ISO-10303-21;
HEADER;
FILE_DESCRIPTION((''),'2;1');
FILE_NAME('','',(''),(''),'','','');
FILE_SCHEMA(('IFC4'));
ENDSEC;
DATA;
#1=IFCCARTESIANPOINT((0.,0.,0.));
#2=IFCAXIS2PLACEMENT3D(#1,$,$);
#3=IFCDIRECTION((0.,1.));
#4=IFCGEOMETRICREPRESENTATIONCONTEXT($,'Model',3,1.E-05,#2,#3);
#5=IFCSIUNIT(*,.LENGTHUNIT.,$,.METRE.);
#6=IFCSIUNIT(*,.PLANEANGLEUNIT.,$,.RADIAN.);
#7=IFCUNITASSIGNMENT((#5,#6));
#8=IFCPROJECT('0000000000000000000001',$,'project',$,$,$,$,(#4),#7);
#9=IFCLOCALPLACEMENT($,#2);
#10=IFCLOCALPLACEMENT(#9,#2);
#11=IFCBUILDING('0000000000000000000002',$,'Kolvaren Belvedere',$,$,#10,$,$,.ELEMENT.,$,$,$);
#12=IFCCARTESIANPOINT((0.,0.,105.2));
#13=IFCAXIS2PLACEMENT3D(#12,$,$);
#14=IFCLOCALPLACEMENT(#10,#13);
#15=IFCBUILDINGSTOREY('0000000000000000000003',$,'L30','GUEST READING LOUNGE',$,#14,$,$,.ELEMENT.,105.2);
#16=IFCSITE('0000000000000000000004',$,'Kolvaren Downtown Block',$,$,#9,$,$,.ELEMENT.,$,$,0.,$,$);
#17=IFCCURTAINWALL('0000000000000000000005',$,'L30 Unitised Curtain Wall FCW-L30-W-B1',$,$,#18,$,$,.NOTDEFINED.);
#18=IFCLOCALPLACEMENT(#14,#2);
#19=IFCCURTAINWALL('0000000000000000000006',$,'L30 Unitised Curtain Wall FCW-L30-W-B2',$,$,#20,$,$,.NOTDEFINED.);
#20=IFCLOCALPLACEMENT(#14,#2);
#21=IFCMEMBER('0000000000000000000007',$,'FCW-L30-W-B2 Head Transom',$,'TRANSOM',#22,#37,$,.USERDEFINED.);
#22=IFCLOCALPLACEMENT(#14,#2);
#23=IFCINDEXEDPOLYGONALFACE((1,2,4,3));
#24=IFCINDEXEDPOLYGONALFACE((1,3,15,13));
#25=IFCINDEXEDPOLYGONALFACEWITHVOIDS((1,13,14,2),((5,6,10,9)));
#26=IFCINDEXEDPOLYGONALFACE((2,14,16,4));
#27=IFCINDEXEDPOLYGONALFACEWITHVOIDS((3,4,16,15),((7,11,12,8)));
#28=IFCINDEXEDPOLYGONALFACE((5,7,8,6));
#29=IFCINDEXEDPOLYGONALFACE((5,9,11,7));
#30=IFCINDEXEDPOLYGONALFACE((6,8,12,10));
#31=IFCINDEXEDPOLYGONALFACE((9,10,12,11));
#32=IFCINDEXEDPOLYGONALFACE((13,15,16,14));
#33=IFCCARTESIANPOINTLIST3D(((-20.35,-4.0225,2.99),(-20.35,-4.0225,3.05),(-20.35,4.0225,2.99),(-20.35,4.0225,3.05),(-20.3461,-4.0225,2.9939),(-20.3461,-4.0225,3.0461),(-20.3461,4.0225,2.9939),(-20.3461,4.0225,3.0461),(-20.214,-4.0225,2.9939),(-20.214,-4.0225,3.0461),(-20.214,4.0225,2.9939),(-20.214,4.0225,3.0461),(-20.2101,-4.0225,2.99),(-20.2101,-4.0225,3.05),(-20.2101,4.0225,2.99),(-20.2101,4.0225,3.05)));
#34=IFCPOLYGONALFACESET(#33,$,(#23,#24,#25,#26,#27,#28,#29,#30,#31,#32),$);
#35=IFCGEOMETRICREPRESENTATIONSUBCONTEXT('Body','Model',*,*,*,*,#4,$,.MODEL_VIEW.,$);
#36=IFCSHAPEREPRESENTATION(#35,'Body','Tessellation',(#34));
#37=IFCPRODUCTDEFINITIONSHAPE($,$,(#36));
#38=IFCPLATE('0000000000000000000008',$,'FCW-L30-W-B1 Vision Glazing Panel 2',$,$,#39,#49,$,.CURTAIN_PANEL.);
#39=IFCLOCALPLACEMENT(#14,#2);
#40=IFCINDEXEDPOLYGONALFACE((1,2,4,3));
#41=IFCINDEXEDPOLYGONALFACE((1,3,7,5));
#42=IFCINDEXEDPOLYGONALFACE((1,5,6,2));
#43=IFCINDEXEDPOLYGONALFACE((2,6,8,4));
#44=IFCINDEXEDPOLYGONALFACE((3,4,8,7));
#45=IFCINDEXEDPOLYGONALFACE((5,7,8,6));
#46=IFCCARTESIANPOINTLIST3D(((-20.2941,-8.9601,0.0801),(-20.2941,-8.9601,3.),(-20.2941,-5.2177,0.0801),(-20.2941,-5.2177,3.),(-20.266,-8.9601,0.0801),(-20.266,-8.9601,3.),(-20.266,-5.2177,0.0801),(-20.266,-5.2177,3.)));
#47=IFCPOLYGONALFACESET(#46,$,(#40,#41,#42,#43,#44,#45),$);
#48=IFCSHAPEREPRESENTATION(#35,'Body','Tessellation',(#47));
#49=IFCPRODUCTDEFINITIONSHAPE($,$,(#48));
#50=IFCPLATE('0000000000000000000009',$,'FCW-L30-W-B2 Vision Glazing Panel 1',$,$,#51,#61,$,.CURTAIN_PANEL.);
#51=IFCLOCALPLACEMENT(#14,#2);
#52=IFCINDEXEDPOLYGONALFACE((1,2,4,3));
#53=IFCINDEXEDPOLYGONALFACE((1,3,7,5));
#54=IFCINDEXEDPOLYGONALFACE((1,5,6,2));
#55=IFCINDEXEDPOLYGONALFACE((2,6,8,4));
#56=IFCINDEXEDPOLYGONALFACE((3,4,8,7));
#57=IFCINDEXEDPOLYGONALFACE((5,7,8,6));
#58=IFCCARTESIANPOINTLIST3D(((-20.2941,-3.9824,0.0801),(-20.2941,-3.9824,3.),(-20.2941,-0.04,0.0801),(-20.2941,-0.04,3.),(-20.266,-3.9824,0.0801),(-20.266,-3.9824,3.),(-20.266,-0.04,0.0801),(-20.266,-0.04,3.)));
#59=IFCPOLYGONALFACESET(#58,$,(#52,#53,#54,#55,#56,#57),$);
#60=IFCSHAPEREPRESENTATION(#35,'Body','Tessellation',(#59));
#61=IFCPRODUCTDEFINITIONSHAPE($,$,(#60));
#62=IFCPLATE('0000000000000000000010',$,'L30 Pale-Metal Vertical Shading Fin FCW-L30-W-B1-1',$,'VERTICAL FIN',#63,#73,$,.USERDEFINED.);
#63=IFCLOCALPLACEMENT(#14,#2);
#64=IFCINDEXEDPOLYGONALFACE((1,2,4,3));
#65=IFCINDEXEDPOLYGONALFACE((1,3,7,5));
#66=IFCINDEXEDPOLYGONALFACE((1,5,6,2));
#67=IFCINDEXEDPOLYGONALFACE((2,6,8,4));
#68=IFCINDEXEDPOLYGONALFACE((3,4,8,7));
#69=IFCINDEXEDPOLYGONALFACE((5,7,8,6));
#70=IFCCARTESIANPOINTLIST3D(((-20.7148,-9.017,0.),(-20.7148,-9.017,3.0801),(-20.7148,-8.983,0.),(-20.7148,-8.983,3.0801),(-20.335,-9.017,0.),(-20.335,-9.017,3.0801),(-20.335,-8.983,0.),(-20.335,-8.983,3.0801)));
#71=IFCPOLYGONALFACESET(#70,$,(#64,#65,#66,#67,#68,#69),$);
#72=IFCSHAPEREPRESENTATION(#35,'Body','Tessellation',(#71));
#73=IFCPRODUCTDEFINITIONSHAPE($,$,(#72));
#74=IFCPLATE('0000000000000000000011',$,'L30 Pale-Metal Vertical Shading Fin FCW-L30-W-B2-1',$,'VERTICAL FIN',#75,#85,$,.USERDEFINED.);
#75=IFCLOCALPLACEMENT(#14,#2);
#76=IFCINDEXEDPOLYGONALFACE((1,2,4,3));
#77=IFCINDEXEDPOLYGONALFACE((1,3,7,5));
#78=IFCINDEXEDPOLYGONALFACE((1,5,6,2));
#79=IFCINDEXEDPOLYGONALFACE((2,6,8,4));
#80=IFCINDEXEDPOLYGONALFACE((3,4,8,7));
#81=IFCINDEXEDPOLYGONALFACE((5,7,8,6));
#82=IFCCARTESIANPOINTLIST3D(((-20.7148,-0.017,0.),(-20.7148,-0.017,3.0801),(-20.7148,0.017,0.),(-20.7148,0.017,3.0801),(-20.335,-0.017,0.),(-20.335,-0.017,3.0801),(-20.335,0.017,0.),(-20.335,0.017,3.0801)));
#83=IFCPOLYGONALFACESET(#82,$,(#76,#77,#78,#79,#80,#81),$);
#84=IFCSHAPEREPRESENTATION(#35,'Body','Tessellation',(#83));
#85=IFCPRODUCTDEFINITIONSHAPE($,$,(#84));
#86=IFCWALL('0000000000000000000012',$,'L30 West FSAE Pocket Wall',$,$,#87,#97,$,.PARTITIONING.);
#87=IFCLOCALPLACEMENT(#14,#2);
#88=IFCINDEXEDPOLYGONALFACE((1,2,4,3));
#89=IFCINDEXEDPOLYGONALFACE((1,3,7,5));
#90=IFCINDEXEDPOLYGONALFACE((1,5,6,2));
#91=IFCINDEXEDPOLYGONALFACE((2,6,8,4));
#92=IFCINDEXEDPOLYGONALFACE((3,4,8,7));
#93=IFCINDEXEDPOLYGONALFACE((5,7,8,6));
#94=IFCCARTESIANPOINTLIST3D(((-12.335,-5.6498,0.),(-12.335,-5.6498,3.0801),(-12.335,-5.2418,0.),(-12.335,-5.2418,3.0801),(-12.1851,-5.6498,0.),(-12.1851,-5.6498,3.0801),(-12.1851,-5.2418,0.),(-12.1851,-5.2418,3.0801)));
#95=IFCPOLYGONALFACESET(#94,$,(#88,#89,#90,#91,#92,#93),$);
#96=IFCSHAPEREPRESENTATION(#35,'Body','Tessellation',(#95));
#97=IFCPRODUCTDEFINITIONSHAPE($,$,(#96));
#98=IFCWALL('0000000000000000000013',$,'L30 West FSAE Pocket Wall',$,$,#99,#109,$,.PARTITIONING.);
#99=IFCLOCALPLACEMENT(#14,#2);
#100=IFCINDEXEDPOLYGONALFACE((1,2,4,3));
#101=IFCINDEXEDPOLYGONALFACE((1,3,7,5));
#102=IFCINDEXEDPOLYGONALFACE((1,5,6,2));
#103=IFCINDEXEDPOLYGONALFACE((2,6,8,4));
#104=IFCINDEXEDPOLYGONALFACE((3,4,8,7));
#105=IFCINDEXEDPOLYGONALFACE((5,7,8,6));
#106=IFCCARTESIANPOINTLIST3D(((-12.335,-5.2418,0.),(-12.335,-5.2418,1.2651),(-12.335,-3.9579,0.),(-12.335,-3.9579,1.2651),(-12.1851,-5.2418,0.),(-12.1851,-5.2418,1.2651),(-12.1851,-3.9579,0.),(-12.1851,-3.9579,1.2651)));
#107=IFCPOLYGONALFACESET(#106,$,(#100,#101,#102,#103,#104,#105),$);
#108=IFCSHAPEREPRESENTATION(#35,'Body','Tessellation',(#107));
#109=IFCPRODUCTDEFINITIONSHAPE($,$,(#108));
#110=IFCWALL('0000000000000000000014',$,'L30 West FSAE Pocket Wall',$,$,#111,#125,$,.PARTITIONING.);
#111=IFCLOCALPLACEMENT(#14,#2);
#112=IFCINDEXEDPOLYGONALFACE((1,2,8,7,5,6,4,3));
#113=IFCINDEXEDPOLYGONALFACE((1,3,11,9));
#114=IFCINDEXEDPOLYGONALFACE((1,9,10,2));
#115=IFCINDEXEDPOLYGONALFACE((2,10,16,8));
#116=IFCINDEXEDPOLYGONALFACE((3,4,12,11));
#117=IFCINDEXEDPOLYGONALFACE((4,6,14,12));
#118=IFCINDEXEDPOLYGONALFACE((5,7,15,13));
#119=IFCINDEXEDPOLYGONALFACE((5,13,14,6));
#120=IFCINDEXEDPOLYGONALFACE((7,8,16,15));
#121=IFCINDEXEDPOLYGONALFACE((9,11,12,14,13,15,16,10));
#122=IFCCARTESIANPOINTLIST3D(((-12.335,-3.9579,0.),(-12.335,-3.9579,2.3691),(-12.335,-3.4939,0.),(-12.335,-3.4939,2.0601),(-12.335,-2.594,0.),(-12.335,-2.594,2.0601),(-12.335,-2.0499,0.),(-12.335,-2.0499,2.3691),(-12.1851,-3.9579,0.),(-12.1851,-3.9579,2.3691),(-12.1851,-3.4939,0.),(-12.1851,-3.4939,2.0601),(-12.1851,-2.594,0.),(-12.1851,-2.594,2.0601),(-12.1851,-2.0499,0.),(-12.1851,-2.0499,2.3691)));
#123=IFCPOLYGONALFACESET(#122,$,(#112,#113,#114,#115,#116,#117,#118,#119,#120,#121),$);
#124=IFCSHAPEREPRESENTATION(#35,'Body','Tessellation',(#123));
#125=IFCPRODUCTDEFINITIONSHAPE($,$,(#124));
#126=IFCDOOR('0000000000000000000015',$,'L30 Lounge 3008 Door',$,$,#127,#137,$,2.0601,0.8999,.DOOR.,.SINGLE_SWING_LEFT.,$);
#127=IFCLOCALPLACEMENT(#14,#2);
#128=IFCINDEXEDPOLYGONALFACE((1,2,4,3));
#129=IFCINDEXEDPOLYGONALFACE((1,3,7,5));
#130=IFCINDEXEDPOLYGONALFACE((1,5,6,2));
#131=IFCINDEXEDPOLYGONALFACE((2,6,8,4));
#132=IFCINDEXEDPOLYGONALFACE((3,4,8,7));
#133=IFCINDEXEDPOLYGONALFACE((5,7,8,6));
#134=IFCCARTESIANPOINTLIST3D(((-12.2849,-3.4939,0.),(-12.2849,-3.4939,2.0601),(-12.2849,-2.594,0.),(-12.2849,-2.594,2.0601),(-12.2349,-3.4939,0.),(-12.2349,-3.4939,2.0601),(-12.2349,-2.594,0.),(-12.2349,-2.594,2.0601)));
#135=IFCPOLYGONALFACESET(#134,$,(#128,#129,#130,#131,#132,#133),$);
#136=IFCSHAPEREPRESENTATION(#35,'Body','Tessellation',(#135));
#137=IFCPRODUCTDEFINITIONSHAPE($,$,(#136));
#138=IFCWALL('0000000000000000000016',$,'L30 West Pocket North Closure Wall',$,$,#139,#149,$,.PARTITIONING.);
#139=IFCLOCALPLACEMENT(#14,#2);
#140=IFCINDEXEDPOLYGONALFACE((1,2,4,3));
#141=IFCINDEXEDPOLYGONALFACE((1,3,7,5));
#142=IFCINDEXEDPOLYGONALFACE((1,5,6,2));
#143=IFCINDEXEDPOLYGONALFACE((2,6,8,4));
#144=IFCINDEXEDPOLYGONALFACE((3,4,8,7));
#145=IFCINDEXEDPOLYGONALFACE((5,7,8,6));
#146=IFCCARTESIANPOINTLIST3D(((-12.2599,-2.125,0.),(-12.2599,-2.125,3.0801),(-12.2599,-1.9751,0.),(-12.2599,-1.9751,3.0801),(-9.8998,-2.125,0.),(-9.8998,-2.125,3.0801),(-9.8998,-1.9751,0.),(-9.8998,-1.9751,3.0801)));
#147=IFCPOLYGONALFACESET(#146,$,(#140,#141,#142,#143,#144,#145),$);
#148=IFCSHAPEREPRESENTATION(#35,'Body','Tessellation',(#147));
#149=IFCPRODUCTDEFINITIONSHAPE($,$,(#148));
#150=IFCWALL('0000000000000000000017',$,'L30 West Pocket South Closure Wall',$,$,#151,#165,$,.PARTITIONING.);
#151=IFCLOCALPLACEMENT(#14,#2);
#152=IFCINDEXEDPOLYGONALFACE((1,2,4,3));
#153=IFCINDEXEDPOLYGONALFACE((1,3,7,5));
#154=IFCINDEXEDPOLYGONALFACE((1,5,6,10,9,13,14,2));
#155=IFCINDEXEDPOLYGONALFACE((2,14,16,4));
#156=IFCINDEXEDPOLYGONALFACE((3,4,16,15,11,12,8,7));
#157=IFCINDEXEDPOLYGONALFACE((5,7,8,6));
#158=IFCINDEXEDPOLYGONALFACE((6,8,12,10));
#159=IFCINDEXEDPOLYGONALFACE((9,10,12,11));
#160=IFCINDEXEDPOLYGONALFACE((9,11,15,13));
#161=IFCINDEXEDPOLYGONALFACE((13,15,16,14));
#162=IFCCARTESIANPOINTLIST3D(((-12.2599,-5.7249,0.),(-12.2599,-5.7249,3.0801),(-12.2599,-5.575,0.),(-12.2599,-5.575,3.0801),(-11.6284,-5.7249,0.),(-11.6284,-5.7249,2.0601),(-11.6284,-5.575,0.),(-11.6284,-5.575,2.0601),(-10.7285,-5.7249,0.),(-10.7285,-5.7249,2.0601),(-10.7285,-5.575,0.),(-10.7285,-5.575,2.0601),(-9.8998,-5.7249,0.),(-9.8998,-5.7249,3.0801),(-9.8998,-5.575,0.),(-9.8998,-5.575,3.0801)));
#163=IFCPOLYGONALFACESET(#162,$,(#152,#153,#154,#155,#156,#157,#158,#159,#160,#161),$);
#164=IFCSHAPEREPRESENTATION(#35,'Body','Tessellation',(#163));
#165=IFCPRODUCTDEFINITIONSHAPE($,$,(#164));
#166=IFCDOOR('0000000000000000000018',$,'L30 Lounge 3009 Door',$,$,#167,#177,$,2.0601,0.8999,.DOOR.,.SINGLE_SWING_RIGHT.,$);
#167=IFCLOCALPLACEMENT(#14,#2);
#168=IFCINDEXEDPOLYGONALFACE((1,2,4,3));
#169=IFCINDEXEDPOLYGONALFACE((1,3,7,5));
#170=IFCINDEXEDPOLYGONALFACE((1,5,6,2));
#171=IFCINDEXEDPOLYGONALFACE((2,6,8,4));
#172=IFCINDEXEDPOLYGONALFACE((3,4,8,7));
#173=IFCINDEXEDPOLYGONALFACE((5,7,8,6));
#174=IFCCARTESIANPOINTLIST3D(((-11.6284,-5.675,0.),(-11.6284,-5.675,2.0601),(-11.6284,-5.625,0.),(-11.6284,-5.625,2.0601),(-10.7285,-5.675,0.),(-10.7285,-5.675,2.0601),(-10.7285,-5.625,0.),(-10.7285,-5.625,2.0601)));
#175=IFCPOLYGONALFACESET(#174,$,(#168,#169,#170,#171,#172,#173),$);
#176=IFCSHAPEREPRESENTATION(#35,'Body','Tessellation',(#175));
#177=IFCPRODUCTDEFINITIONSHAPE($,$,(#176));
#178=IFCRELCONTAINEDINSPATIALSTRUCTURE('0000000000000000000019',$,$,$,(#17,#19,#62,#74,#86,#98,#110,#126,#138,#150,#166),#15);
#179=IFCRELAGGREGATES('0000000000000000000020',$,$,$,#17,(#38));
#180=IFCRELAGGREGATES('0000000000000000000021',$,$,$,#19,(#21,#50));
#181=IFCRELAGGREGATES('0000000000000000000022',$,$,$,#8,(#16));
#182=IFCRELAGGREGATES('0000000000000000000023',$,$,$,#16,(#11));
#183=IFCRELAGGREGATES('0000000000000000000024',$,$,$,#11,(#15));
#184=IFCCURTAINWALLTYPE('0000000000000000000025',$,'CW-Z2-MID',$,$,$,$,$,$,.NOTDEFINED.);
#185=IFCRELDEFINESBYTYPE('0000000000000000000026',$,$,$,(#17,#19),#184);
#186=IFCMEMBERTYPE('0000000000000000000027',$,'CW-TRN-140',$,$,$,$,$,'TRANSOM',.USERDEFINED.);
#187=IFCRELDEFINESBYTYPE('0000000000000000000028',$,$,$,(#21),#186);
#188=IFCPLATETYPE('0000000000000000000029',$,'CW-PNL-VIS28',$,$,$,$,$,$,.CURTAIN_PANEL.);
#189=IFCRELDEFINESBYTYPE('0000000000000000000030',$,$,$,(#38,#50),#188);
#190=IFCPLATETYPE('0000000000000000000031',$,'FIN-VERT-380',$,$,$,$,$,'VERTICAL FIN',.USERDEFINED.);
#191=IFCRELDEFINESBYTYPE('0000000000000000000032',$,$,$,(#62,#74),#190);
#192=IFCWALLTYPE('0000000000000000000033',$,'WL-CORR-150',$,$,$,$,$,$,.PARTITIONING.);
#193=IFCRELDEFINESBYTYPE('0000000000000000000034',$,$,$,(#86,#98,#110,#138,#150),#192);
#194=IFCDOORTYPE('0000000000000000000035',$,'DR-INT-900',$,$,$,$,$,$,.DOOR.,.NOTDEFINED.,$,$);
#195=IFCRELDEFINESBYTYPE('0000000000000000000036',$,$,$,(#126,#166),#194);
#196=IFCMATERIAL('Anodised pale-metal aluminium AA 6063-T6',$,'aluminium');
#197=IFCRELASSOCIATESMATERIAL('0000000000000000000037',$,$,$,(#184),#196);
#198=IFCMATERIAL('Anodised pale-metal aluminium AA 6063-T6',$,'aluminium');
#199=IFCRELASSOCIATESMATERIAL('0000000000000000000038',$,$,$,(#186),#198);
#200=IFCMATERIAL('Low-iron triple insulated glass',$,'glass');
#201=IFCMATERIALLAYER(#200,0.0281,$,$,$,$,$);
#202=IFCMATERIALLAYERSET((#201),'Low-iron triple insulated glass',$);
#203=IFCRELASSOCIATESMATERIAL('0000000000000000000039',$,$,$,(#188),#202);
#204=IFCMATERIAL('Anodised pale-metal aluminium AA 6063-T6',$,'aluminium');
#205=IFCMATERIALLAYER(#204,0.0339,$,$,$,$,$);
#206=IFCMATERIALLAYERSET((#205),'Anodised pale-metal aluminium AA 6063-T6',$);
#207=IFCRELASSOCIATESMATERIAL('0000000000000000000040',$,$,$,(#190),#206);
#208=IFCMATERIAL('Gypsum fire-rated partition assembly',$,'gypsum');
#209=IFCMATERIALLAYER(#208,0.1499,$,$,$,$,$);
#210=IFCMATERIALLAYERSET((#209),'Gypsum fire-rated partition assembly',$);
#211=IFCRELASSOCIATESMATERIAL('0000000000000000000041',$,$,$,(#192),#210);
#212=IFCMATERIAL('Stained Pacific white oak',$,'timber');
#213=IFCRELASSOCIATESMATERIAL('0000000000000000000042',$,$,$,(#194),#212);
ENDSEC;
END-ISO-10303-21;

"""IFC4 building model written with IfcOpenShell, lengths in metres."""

from ifc_helpers import new_model, si_unit, direction, frame, frame_2d, origin, origin_2d, place, context, subcontext, project, spatial, rectangle, hollow_rectangle, extrude, material, layer, layer_set, material_profile, profile_set, type_object, element, fill, aggregate, save


model = new_model("IFC4")

# Units and contexts
model_context = context("Model", 3, precision=1e-05, world=origin(), true_north=direction((0.0, 1.0)))
body_context = subcontext(model_context, "Body", "Model", "MODEL_VIEW")
ifc_project = project(units=[si_unit("LENGTHUNIT", "METRE"), si_unit("PLANEANGLEUNIT", "RADIAN")], contexts=[model_context])

# Site, building, storey
site_placement = place(None, origin())
site = spatial("IfcSite", under=ifc_project, at=site_placement, Name="Kolvaren Downtown Block", CompositionType="ELEMENT", RefElevation=0.0)
building_placement = place(site_placement, origin())
building = spatial("IfcBuilding", under=site, at=building_placement, Name="Kolvaren Belvedere", CompositionType="ELEMENT")
storey_placement = place(building_placement, frame((0.0, 0.0, 105.2)))
storey = spatial("IfcBuildingStorey", under=building, at=storey_placement, Name="L30", Description="GUEST READING LOUNGE", CompositionType="ELEMENT", Elevation=105.2)

# Curtain walls, member
ifc_material_1 = material(Name="Anodised pale-metal aluminium AA 6063-T6", Category="aluminium")
curtain_wall_type = type_object("IfcCurtainWallType", Name="CW-Z2-MID", PredefinedType="NOTDEFINED", material=ifc_material_1)
curtain_wall_1_placement = place(storey_placement, origin())
curtain_wall_1 = element("IfcCurtainWall", 1, at=curtain_wall_1_placement, inside=storey, type_object=curtain_wall_type, Name="L30 Unitised Curtain Wall FCW-L30-W-B1", PredefinedType="NOTDEFINED")
curtain_wall_2_placement = place(storey_placement, origin())
curtain_wall_2 = element("IfcCurtainWall", 2, at=curtain_wall_2_placement, inside=storey, type_object=curtain_wall_type, Name="L30 Unitised Curtain Wall FCW-L30-W-B2", PredefinedType="NOTDEFINED")
ifc_material_2 = material(Name="Anodised pale-metal aluminium AA 6063-T6", Category="aluminium")
ifc_material_profile_1 = material_profile(ifc_material_2, hollow_rectangle(XDim=0.0601, YDim=0.1399, WallThickness=0.0039, at=origin_2d()), Name="ALU-TRN-140X60")
ifc_profile_set_1 = profile_set([ifc_material_profile_1], Name="Anodised pale-metal aluminium AA 6063-T6")
member_type_1 = type_object("IfcMemberType", Name="CW-TRN-140", ElementType="TRANSOM", PredefinedType="USERDEFINED", material=ifc_profile_set_1)
member_1_placement = place(storey_placement, frame((-20.28, -4.0225, 3.02), z_axis=(0.0, 1.0, 0.0), x_axis=(0.0, 0.0, 1.0)))
member_1 = element("IfcMember", 3, at=member_1_placement, type_object=member_type_1, Name="FCW-L30-W-B2 Head Transom", ObjectType="TRANSOM", PredefinedType="USERDEFINED", context=body_context, shape_type="SweptSolid", body=[
    extrude(hollow_rectangle(XDim=0.0601, YDim=0.1399, WallThickness=0.0039, at=origin_2d()), origin(), (0.0, 0.0, 1.0), 8.0449),
])

# Plates
ifc_material_3 = material(Name="Low-iron triple insulated glass", Category="glass")
ifc_layer_1 = layer(ifc_material_3, 0.0281)
ifc_layer_set_1 = layer_set([ifc_layer_1], Name="Low-iron triple insulated glass")
plate_type_1 = type_object("IfcPlateType", Name="CW-PNL-VIS28", PredefinedType="CURTAIN_PANEL", material=ifc_layer_set_1)
plate_1_placement = place(storey_placement, frame((-20.28, -7.0889, 0.0801), z_axis=(0.0, 0.0, 1.0), x_axis=(0.0, 1.0, 0.0)))
plate_1 = element("IfcPlate", 4, at=plate_1_placement, type_object=plate_type_1, Name="FCW-L30-W-B1 Vision Glazing Panel 2", PredefinedType="CURTAIN_PANEL", context=body_context, shape_type="SweptSolid", body=[
    extrude(rectangle(XDim=3.7424, YDim=0.0281, at=origin_2d()), origin(), (0.0, 0.0, 1.0), 2.9199),
])
aggregate(curtain_wall_1, [plate_1])
plate_2_placement = place(storey_placement, frame((-20.28, -2.0112, 0.0801), z_axis=(0.0, 0.0, 1.0), x_axis=(0.0, 1.0, 0.0)))
plate_2 = element("IfcPlate", 5, at=plate_2_placement, type_object=plate_type_1, Name="FCW-L30-W-B2 Vision Glazing Panel 1", PredefinedType="CURTAIN_PANEL", context=body_context, shape_type="SweptSolid", body=[
    extrude(rectangle(XDim=3.9424, YDim=0.0281, at=origin_2d()), origin(), (0.0, 0.0, 1.0), 2.9199),
])
aggregate(curtain_wall_2, [member_1, plate_2])

# Plates
ifc_material_4 = material(Name="Anodised pale-metal aluminium AA 6063-T6", Category="aluminium")
ifc_layer_2 = layer(ifc_material_4, 0.0339)
ifc_layer_set_2 = layer_set([ifc_layer_2], Name="Anodised pale-metal aluminium AA 6063-T6")
plate_type_2 = type_object("IfcPlateType", Name="FIN-VERT-380", ElementType="VERTICAL FIN", PredefinedType="USERDEFINED", material=ifc_layer_set_2)
for number, where, z_axis, x_axis, name in (
    (6, (-20.5249, -9.0, 0.0), (0.0, 0.0, 1.0), (1.0, 0.0, 0.0), "L30 Pale-Metal Vertical Shading Fin FCW-L30-W-B1-1"),
    (7, (-20.5249, 0.0, 0.0), (0.0, 0.0, 1.0), (1.0, 0.0, 0.0), "L30 Pale-Metal Vertical Shading Fin FCW-L30-W-B2-1"),
):
    element("IfcPlate", number, at=place(storey_placement, frame(where, z_axis=z_axis, x_axis=x_axis)), inside=storey, type_object=plate_type_2, Name=name, ObjectType="VERTICAL FIN", PredefinedType="USERDEFINED", context=body_context, shape_type="SweptSolid", body=[
        extrude(rectangle(XDim=0.3799, YDim=0.0339, at=origin_2d()), origin(), (0.0, 0.0, 1.0), 3.0801),
    ])

# Walls
ifc_material_5 = material(Name="Gypsum fire-rated partition assembly", Category="gypsum")
ifc_layer_3 = layer(ifc_material_5, 0.1499)
ifc_layer_set_3 = layer_set([ifc_layer_3], Name="Gypsum fire-rated partition assembly")
wall_type_1 = type_object("IfcWallType", Name="WL-CORR-150", PredefinedType="PARTITIONING", material=ifc_layer_set_3)
wall_1_placement = place(storey_placement, frame((-12.26, -5.6499, 0.0), z_axis=(0.0, 0.0, 1.0), x_axis=(0.0, 1.0, 0.0)))
element("IfcWall", 8, at=wall_1_placement, inside=storey, type_object=wall_type_1, Name="L30 West FSAE Pocket Wall", PredefinedType="PARTITIONING", context=body_context, shape_type="SweptSolid", body=[
    extrude(rectangle(XDim=0.408, YDim=0.1499, at=frame_2d((0.2041, 0.0))), origin(), (0.0, 0.0, 1.0), 3.0801),
])
wall_2_placement = place(storey_placement, frame((-12.26, -5.2419, 0.0), z_axis=(0.0, 0.0, 1.0), x_axis=(0.0, 1.0, 0.0)))
element("IfcWall", 9, at=wall_2_placement, inside=storey, type_object=wall_type_1, Name="L30 West FSAE Pocket Wall", PredefinedType="PARTITIONING", context=body_context, shape_type="SweptSolid", body=[
    extrude(rectangle(XDim=1.2839, YDim=0.1499, at=frame_2d((0.6421, 0.0))), origin(), (0.0, 0.0, 1.0), 1.2651),
])

# Wall, opening, door
wall_3_placement = place(storey_placement, frame((-12.26, -3.958, 0.0), z_axis=(0.0, 0.0, 1.0), x_axis=(0.0, 1.0, 0.0)))
wall_3 = element("IfcWall", 10, at=wall_3_placement, inside=storey, type_object=wall_type_1, Name="L30 West FSAE Pocket Wall", PredefinedType="PARTITIONING", context=body_context, shape_type="SweptSolid", body=[
    extrude(rectangle(XDim=1.908, YDim=0.1499, at=frame_2d((0.9541, 0.0))), origin(), (0.0, 0.0, 1.0), 2.3691),
])
opening_1_placement = place(wall_3_placement, frame((0.4641, 0.0, 0.0)))
opening_1 = element("IfcOpeningElement", 11, at=opening_1_placement, cuts=wall_3, PredefinedType="OPENING", context=body_context, shape_type="SweptSolid", body=[
    extrude(rectangle(XDim=0.8999, YDim=2.0601, at=frame_2d((0.45, 1.03))), frame((0.0, 0.085, 0.0), z_axis=(0.0, -1.0, 0.0), x_axis=(1.0, 0.0, 0.0)), (0.0, 0.0, 1.0), 0.1699),
])
ifc_material_6 = material(Name="Stained Pacific white oak", Category="timber")
door_type = type_object("IfcDoorType", Name="DR-INT-900", OperationType="NOTDEFINED", PredefinedType="DOOR", material=ifc_material_6)
door_1_placement = place(opening_1_placement, origin())
door_1 = element("IfcDoor", 12, at=door_1_placement, inside=storey, type_object=door_type, Name="L30 Lounge 3008 Door", OperationType="SINGLE_SWING_LEFT", OverallHeight=2.0601, OverallWidth=0.8999, PredefinedType="DOOR", context=body_context, shape_type="SweptSolid", body=[
    extrude(rectangle(XDim=0.8999, YDim=2.0601, at=frame_2d((0.45, 1.03))), frame((0.0, 0.0249, 0.0), z_axis=(0.0, -1.0, 0.0), x_axis=(1.0, 0.0, 0.0)), (0.0, 0.0, 1.0), 0.05),
])
fill(opening_1, door_1)

# Wall
wall_4_placement = place(storey_placement, frame((-12.26, -2.05, 0.0), z_axis=(0.0, 0.0, 1.0), x_axis=(1.0, 0.0, 0.0)))
element("IfcWall", 13, at=wall_4_placement, inside=storey, type_object=wall_type_1, Name="L30 West Pocket North Closure Wall", PredefinedType="PARTITIONING", context=body_context, shape_type="SweptSolid", body=[
    extrude(rectangle(XDim=2.3601, YDim=0.1499, at=frame_2d((1.1802, 0.0))), origin(), (0.0, 0.0, 1.0), 3.0801),
])

# Wall, opening, door
wall_5_placement = place(storey_placement, frame((-12.26, -5.6499, 0.0), z_axis=(0.0, 0.0, 1.0), x_axis=(1.0, 0.0, 0.0)))
wall_5 = element("IfcWall", 14, at=wall_5_placement, inside=storey, type_object=wall_type_1, Name="L30 West Pocket South Closure Wall", PredefinedType="PARTITIONING", context=body_context, shape_type="SweptSolid", body=[
    extrude(rectangle(XDim=2.3601, YDim=0.1499, at=frame_2d((1.1802, 0.0))), origin(), (0.0, 0.0, 1.0), 3.0801),
])
opening_2_placement = place(wall_5_placement, frame((0.6316, 0.0, 0.0)))
opening_2 = element("IfcOpeningElement", 15, at=opening_2_placement, cuts=wall_5, PredefinedType="OPENING", context=body_context, shape_type="SweptSolid", body=[
    extrude(rectangle(XDim=0.8999, YDim=2.0601, at=frame_2d((0.45, 1.03))), frame((0.0, 0.085, 0.0), z_axis=(0.0, -1.0, 0.0), x_axis=(1.0, 0.0, 0.0)), (0.0, 0.0, 1.0), 0.1699),
])
door_2_placement = place(opening_2_placement, origin())
door_2 = element("IfcDoor", 16, at=door_2_placement, inside=storey, type_object=door_type, Name="L30 Lounge 3009 Door", OperationType="SINGLE_SWING_RIGHT", OverallHeight=2.0601, OverallWidth=0.8999, PredefinedType="DOOR", context=body_context, shape_type="SweptSolid", body=[
    extrude(rectangle(XDim=0.8999, YDim=2.0601, at=frame_2d((0.45, 1.03))), frame((0.0, 0.0249, 0.0), z_axis=(0.0, -1.0, 0.0), x_axis=(1.0, 0.0, 0.0)), (0.0, 0.0, 1.0), 0.05),
])
fill(opening_2, door_2)

save(model, "model.ifc")
